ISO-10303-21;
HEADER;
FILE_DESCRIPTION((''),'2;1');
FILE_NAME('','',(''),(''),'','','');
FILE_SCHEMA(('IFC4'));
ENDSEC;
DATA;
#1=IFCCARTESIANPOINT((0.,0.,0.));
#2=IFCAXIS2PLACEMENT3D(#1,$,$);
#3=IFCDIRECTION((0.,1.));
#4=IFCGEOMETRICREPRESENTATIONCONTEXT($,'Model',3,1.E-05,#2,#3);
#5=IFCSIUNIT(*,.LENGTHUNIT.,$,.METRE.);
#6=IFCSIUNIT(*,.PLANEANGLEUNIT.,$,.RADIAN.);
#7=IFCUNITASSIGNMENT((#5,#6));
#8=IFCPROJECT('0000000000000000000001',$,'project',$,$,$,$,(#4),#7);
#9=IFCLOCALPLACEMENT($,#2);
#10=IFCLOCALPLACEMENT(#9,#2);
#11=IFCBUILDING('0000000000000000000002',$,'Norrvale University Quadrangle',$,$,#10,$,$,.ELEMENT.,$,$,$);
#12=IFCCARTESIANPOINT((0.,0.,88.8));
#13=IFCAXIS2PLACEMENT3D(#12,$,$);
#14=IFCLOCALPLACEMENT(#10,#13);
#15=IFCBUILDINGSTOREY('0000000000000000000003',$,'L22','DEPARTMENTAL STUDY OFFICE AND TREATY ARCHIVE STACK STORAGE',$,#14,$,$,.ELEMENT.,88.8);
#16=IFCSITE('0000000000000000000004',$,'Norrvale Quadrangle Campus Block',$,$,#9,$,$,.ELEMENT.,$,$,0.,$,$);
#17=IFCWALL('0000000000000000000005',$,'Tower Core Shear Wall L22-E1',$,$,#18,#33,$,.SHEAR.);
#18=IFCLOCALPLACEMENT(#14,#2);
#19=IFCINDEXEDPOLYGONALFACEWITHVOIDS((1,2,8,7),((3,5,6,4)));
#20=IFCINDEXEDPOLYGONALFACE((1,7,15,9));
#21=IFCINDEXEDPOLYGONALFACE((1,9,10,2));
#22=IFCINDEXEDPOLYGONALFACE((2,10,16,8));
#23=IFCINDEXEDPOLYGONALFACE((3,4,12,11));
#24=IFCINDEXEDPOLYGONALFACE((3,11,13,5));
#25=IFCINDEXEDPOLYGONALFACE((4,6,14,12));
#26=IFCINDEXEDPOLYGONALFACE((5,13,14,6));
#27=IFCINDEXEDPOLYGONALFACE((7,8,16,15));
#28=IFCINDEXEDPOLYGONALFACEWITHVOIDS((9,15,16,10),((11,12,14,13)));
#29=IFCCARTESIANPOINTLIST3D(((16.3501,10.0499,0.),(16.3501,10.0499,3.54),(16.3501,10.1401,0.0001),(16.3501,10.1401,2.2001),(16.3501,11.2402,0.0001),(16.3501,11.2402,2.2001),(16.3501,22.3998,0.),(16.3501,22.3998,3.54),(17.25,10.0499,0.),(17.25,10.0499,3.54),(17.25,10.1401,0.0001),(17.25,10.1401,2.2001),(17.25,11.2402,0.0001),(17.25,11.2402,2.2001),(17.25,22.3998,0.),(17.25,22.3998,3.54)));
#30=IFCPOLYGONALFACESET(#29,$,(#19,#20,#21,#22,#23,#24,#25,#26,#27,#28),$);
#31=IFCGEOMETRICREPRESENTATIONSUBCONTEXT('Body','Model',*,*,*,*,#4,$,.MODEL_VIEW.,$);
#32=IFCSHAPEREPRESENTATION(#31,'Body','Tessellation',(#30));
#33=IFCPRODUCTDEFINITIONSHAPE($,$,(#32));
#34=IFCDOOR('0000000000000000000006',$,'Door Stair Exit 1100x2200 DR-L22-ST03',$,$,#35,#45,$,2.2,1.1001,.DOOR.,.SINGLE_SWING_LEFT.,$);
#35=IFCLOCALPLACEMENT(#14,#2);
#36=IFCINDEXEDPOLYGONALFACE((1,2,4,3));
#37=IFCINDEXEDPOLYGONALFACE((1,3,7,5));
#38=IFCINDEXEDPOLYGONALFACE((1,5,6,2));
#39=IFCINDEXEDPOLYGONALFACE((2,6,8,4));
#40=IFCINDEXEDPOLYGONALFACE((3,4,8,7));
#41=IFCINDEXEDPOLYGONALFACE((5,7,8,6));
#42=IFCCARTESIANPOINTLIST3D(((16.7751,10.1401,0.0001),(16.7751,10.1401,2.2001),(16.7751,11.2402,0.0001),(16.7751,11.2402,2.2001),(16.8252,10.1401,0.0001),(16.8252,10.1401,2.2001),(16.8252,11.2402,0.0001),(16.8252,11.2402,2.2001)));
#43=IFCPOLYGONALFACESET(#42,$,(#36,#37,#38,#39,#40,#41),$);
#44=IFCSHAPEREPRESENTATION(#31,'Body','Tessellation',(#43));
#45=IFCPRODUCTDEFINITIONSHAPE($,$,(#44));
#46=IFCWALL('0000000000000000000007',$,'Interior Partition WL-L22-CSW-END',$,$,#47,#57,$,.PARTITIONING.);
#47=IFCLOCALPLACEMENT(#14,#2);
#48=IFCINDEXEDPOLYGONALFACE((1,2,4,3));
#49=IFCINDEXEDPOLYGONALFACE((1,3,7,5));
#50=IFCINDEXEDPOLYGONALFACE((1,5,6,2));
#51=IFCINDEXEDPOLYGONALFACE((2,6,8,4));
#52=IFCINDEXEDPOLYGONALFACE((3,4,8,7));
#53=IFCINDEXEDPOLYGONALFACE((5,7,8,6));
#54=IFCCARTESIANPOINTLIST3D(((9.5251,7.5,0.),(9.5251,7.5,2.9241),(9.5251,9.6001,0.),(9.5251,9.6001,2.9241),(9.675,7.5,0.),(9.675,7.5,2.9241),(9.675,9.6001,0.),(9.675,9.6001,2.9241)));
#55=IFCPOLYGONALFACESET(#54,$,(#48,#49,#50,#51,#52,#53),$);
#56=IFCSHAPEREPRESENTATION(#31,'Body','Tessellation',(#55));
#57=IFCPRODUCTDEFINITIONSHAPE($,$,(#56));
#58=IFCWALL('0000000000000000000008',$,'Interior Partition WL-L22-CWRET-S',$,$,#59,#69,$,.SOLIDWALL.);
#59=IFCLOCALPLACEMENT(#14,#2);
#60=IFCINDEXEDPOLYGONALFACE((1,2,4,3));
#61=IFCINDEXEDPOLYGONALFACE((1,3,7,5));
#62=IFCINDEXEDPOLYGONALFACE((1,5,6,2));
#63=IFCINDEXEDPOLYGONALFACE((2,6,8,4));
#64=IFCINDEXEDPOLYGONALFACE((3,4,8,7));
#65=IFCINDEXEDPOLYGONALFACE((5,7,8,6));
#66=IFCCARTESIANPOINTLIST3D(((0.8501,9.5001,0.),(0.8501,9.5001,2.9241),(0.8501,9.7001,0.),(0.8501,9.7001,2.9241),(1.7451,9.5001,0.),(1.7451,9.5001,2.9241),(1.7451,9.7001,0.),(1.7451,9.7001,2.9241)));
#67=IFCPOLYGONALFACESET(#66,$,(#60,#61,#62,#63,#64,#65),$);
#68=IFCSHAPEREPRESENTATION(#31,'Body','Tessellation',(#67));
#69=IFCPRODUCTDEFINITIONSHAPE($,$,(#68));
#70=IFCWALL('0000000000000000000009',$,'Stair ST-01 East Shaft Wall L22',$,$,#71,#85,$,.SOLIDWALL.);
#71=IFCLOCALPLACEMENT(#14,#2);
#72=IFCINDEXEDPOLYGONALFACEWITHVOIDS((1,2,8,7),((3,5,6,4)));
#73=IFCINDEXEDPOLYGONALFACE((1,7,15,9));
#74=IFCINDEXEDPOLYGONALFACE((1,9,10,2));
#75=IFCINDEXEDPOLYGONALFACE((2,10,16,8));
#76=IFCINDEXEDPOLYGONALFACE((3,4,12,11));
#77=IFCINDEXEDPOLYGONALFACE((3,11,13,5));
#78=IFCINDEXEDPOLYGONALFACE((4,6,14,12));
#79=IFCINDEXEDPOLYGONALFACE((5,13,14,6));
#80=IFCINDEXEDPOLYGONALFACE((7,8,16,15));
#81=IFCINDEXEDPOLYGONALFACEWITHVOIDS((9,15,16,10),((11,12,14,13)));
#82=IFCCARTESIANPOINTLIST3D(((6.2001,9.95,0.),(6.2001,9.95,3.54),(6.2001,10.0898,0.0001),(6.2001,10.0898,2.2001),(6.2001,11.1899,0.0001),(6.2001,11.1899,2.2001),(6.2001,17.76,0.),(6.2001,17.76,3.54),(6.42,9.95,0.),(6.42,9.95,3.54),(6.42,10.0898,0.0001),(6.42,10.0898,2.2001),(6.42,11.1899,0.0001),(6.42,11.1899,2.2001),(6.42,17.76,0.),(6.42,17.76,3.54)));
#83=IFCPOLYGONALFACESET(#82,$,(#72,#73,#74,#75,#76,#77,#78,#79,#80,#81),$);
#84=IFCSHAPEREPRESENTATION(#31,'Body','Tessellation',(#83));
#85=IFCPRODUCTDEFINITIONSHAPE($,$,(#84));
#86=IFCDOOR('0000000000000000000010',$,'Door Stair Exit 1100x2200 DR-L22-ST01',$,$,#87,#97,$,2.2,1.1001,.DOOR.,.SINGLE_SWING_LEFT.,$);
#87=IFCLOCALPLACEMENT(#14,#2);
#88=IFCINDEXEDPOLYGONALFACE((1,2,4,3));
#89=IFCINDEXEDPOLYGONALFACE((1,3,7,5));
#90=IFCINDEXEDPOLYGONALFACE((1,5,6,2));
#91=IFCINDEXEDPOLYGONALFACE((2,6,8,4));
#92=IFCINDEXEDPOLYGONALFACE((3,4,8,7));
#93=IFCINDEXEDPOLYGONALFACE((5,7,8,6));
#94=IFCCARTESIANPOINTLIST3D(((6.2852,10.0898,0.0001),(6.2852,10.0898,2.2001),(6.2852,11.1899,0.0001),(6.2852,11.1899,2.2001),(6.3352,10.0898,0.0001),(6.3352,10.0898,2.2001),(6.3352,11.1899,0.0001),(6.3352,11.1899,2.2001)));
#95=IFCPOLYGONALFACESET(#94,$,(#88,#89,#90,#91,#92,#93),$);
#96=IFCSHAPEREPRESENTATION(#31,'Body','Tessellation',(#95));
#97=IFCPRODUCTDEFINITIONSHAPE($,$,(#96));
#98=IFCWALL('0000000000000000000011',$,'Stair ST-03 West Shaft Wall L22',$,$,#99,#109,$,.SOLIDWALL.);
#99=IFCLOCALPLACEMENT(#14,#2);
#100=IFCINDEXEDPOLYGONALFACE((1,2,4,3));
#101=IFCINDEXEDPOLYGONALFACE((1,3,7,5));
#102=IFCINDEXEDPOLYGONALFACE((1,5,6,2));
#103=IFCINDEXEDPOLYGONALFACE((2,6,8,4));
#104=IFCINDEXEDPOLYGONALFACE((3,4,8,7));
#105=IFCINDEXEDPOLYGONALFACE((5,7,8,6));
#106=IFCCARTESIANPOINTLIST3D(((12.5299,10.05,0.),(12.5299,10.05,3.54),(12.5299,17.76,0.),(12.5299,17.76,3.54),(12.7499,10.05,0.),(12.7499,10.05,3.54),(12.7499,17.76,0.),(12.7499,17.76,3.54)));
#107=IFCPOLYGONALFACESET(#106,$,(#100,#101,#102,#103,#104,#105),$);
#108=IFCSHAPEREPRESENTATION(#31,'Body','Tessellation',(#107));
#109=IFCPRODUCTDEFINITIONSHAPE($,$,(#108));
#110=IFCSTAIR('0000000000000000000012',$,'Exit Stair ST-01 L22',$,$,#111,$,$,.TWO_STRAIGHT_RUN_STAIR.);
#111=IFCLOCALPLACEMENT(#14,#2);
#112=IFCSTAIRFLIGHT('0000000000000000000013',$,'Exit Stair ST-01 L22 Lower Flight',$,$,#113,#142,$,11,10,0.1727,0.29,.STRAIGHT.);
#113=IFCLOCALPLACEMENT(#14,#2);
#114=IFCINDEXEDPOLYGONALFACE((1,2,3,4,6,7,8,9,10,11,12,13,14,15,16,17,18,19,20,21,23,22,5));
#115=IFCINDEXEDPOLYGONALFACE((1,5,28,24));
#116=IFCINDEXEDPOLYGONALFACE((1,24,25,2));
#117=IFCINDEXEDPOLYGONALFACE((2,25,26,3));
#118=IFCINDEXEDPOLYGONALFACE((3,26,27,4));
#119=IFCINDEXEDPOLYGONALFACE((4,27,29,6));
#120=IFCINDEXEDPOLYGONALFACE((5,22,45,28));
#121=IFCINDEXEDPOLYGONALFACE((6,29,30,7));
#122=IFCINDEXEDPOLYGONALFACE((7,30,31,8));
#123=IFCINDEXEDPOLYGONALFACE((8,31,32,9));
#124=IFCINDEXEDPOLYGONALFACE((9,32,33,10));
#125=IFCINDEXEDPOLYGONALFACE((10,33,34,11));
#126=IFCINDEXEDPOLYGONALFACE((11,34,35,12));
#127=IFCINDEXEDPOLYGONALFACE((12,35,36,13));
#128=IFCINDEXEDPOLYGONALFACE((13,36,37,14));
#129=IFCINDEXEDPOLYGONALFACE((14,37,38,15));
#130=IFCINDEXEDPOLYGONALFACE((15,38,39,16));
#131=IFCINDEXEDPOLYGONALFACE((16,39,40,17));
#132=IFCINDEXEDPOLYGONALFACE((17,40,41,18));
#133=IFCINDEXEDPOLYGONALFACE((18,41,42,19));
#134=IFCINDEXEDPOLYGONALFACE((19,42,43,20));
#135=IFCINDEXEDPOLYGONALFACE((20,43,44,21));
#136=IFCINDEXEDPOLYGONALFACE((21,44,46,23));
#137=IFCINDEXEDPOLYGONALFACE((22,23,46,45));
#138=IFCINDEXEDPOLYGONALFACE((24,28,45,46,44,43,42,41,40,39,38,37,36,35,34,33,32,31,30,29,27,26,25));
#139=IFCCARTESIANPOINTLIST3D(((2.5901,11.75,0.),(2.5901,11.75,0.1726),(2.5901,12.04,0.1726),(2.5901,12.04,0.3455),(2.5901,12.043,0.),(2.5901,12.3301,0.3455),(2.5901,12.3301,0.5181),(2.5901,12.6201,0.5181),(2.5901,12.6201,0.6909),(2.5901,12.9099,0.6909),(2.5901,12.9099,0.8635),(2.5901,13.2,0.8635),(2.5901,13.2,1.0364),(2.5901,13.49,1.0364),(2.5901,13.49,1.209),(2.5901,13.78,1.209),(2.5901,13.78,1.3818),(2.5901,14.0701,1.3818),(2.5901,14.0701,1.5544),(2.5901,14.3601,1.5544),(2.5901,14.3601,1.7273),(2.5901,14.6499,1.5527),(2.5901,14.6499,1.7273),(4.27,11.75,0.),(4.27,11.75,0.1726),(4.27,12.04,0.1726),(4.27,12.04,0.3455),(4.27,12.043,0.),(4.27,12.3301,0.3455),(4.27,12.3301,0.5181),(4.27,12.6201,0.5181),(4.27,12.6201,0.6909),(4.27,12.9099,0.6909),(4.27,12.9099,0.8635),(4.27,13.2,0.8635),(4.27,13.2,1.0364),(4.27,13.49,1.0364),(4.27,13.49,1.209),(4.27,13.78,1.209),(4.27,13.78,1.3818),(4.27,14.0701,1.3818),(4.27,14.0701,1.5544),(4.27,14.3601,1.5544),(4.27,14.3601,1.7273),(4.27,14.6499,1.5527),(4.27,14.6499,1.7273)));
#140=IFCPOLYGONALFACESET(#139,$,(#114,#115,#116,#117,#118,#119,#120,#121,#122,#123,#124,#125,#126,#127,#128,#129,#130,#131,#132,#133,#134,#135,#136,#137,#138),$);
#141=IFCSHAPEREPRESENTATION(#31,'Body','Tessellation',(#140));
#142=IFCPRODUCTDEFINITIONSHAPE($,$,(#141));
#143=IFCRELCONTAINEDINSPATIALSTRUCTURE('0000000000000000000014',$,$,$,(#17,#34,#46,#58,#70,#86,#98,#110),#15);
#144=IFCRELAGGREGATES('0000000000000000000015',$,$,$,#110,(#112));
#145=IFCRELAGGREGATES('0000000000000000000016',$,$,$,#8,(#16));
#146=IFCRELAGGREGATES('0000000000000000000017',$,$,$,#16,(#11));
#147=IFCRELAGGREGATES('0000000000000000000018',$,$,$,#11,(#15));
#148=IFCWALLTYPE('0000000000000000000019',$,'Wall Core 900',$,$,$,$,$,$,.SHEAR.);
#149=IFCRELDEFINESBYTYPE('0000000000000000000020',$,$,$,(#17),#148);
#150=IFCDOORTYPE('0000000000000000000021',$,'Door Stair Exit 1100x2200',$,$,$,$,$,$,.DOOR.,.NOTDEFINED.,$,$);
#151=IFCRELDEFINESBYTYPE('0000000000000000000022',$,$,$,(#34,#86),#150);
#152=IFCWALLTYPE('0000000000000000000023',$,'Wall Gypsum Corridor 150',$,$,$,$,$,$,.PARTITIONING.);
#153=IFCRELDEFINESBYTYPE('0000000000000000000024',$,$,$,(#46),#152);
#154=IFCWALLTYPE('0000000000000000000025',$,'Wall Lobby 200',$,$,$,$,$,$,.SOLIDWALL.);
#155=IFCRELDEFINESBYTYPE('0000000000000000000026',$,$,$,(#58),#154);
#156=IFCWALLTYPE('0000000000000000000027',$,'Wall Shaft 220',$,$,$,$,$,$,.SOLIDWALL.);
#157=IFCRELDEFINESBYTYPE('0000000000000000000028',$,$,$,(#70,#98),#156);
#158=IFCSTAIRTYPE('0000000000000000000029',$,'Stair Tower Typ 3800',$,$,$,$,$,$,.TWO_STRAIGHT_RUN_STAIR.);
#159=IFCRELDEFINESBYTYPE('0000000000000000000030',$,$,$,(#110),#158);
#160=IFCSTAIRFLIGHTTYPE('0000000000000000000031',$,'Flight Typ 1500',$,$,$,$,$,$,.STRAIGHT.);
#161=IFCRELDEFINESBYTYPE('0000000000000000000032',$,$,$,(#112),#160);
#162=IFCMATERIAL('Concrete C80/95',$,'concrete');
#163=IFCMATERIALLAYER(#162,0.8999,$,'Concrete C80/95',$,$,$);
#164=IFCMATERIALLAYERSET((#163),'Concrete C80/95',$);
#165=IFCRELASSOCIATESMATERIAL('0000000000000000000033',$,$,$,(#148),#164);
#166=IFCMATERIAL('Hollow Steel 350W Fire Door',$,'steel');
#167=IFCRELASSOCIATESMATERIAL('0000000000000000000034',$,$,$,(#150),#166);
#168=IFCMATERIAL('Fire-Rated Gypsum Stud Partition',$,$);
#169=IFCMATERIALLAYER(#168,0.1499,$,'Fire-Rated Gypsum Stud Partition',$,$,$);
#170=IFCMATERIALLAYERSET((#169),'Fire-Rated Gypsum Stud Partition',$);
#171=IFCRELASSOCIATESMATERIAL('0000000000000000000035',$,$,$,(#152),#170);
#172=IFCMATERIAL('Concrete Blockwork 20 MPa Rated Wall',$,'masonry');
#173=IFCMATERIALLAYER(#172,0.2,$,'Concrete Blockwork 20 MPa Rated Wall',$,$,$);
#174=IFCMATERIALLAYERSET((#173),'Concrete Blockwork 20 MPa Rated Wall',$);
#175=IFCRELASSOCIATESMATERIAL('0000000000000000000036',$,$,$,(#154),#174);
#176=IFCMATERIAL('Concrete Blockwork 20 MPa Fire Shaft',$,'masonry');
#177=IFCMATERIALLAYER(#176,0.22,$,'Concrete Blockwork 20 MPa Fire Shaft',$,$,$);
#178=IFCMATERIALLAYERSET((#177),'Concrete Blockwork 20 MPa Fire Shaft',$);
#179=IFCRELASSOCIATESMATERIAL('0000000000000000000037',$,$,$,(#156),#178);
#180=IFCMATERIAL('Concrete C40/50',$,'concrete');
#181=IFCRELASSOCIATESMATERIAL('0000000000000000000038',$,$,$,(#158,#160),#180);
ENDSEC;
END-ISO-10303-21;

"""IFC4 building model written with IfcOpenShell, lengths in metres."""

from ifc_helpers import new_model, si_unit, direction, frame, frame_2d, origin, place, context, subcontext, project, spatial, polyline, rectangle, outline, extrude, material, layer, layer_set, type_object, element, fill, aggregate, save


model = new_model("IFC4")

# Units and contexts
model_context = context("Model", 3, precision=1e-05, world=origin(), true_north=direction((0.0, 1.0)))
body_context = subcontext(model_context, "Body", "Model", "MODEL_VIEW")
ifc_project = project(units=[si_unit("LENGTHUNIT", "METRE"), si_unit("PLANEANGLEUNIT", "RADIAN")], contexts=[model_context])

# Site, building, storey
site_placement = place(None, origin())
site = spatial("IfcSite", under=ifc_project, at=site_placement, Name="Norrvale Quadrangle Campus Block", CompositionType="ELEMENT", RefElevation=0.0)
building_placement = place(site_placement, origin())
building = spatial("IfcBuilding", under=site, at=building_placement, Name="Norrvale University Quadrangle", CompositionType="ELEMENT")
storey_placement = place(building_placement, frame((0.0, 0.0, 88.8)))
storey = spatial("IfcBuildingStorey", under=building, at=storey_placement, Name="L22", Description="DEPARTMENTAL STUDY OFFICE AND TREATY ARCHIVE STACK STORAGE", CompositionType="ELEMENT", Elevation=88.8)

# Shared definitions
ifc_material_1 = material(Name="Concrete C80/95", Category="concrete")

# Shared definitions
ifc_layer_1 = layer(ifc_material_1, 0.8999, Name="Concrete C80/95")
ifc_layer_set_1 = layer_set([ifc_layer_1], Name="Concrete C80/95")
wall_type_1 = type_object("IfcWallType", Name="Wall Core 900", PredefinedType="SHEAR", material=ifc_layer_set_1)

# Wall, opening, door
wall_1_placement = place(storey_placement, frame((16.8, 10.05, 0.0), z_axis=(0.0, 0.0, 1.0), x_axis=(0.0, 1.0, 0.0)))
wall_1 = element("IfcWall", 1, at=wall_1_placement, inside=storey, type_object=wall_type_1, Name="Tower Core Shear Wall L22-E1", PredefinedType="SHEAR", context=body_context, shape_type="SweptSolid", body=[
    extrude(rectangle(XDim=12.3499, YDim=0.8999, at=frame_2d((6.1748, 0.0))), origin(), (0.0, 0.0, 1.0), 3.54),
])
opening_1_placement = place(wall_1_placement, frame((0.0901, 0.0, 0.0)))
opening_1 = element("IfcOpeningElement", 2, at=opening_1_placement, cuts=wall_1, PredefinedType="OPENING", context=body_context, shape_type="SweptSolid", body=[
    extrude(rectangle(XDim=1.1001, YDim=2.2, at=frame_2d((0.55, 1.1001))), frame((0.0, 0.4619, 0.0), z_axis=(0.0, -1.0, 0.0), x_axis=(1.0, 0.0, 0.0)), (0.0, 0.0, 1.0), 0.9238),
])
ifc_material_2 = material(Name="Hollow Steel 350W Fire Door", Category="steel")
door_type = type_object("IfcDoorType", Name="Door Stair Exit 1100x2200", OperationType="NOTDEFINED", PredefinedType="DOOR", material=ifc_material_2)
door_1_placement = place(opening_1_placement, origin())
door_1 = element("IfcDoor", 3, at=door_1_placement, inside=storey, type_object=door_type, Name="Door Stair Exit 1100x2200 DR-L22-ST03", OperationType="SINGLE_SWING_LEFT", OverallHeight=2.2, OverallWidth=1.1001, PredefinedType="DOOR", context=body_context, shape_type="SweptSolid", body=[
    extrude(rectangle(XDim=1.1001, YDim=2.2, at=frame_2d((0.55, 1.1001))), frame((0.0, 0.0249, 0.0), z_axis=(0.0, -1.0, 0.0), x_axis=(1.0, 0.0, 0.0)), (0.0, 0.0, 1.0), 0.05),
])
fill(opening_1, door_1)

# Walls
ifc_material_3 = material(Name="Fire-Rated Gypsum Stud Partition")
ifc_layer_2 = layer(ifc_material_3, 0.1499, Name="Fire-Rated Gypsum Stud Partition")
ifc_layer_set_2 = layer_set([ifc_layer_2], Name="Fire-Rated Gypsum Stud Partition")
wall_type_2 = type_object("IfcWallType", Name="Wall Gypsum Corridor 150", PredefinedType="PARTITIONING", material=ifc_layer_set_2)
wall_2_placement = place(storey_placement, frame((9.6001, 7.5, 0.0), z_axis=(0.0, 0.0, 1.0), x_axis=(0.0, 1.0, 0.0)))
element("IfcWall", 4, at=wall_2_placement, inside=storey, type_object=wall_type_2, Name="Interior Partition WL-L22-CSW-END", PredefinedType="PARTITIONING", context=body_context, shape_type="SweptSolid", body=[
    extrude(rectangle(XDim=2.1001, YDim=0.1499, at=frame_2d((1.05, 0.0))), origin(), (0.0, 0.0, 1.0), 2.9241),
])
ifc_material_4 = material(Name="Concrete Blockwork 20 MPa Rated Wall", Category="masonry")
ifc_layer_3 = layer(ifc_material_4, 0.2, Name="Concrete Blockwork 20 MPa Rated Wall")
ifc_layer_set_3 = layer_set([ifc_layer_3], Name="Concrete Blockwork 20 MPa Rated Wall")
wall_type_3 = type_object("IfcWallType", Name="Wall Lobby 200", PredefinedType="SOLIDWALL", material=ifc_layer_set_3)
wall_3_placement = place(storey_placement, frame((0.8501, 9.6001, 0.0), z_axis=(0.0, 0.0, 1.0), x_axis=(1.0, 0.0, 0.0)))
element("IfcWall", 5, at=wall_3_placement, inside=storey, type_object=wall_type_3, Name="Interior Partition WL-L22-CWRET-S", PredefinedType="SOLIDWALL", context=body_context, shape_type="SweptSolid", body=[
    extrude(rectangle(XDim=0.895, YDim=0.2, at=frame_2d((0.4475, 0.0))), origin(), (0.0, 0.0, 1.0), 2.9241),
])

# Wall, opening, door
ifc_material_5 = material(Name="Concrete Blockwork 20 MPa Fire Shaft", Category="masonry")
ifc_layer_4 = layer(ifc_material_5, 0.22, Name="Concrete Blockwork 20 MPa Fire Shaft")
ifc_layer_set_4 = layer_set([ifc_layer_4], Name="Concrete Blockwork 20 MPa Fire Shaft")
wall_type_4 = type_object("IfcWallType", Name="Wall Shaft 220", PredefinedType="SOLIDWALL", material=ifc_layer_set_4)
wall_4_placement = place(storey_placement, frame((6.3101, 9.95, 0.0), z_axis=(0.0, 0.0, 1.0), x_axis=(0.0, 1.0, 0.0)))
wall_4 = element("IfcWall", 6, at=wall_4_placement, inside=storey, type_object=wall_type_4, Name="Stair ST-01 East Shaft Wall L22", PredefinedType="SOLIDWALL", context=body_context, shape_type="SweptSolid", body=[
    extrude(rectangle(XDim=7.8101, YDim=0.22, at=frame_2d((3.905, 0.0))), origin(), (0.0, 0.0, 1.0), 3.54),
])
opening_2_placement = place(wall_4_placement, frame((0.1399, 0.0, 0.0)))
opening_2 = element("IfcOpeningElement", 7, at=opening_2_placement, cuts=wall_4, PredefinedType="OPENING", context=body_context, shape_type="SweptSolid", body=[
    extrude(rectangle(XDim=1.1001, YDim=2.2, at=frame_2d((0.55, 1.1001))), frame((0.0, 0.1221, 0.0), z_axis=(0.0, -1.0, 0.0), x_axis=(1.0, 0.0, 0.0)), (0.0, 0.0, 1.0), 0.2439),
])
door_2_placement = place(opening_2_placement, origin())
door_2 = element("IfcDoor", 8, at=door_2_placement, inside=storey, type_object=door_type, Name="Door Stair Exit 1100x2200 DR-L22-ST01", OperationType="SINGLE_SWING_LEFT", OverallHeight=2.2, OverallWidth=1.1001, PredefinedType="DOOR", context=body_context, shape_type="SweptSolid", body=[
    extrude(rectangle(XDim=1.1001, YDim=2.2, at=frame_2d((0.55, 1.1001))), frame((0.0, 0.0249, 0.0), z_axis=(0.0, -1.0, 0.0), x_axis=(1.0, 0.0, 0.0)), (0.0, 0.0, 1.0), 0.05),
])
fill(opening_2, door_2)

# Wall
wall_5_placement = place(storey_placement, frame((12.6399, 10.05, 0.0), z_axis=(0.0, 0.0, 1.0), x_axis=(0.0, 1.0, 0.0)))
element("IfcWall", 9, at=wall_5_placement, inside=storey, type_object=wall_type_4, Name="Stair ST-03 West Shaft Wall L22", PredefinedType="SOLIDWALL", context=body_context, shape_type="SweptSolid", body=[
    extrude(rectangle(XDim=7.71, YDim=0.22, at=frame_2d((3.855, 0.0))), origin(), (0.0, 0.0, 1.0), 3.54),
])

# Stair, stair flight
ifc_material_6 = material(Name="Concrete C40/50", Category="concrete")
stair_type = type_object("IfcStairType", Name="Stair Tower Typ 3800", PredefinedType="TWO_STRAIGHT_RUN_STAIR", material=ifc_material_6)
stair_placement = place(storey_placement, origin())
stair = element("IfcStair", 10, at=stair_placement, inside=storey, type_object=stair_type, Name="Exit Stair ST-01 L22", PredefinedType="TWO_STRAIGHT_RUN_STAIR")
stair_flight_type = type_object("IfcStairFlightType", Name="Flight Typ 1500", PredefinedType="STRAIGHT", material=ifc_material_6)
stair_flight_placement = place(storey_placement, frame((3.4299, 11.75, 0.0), z_axis=(0.0, 0.0, 1.0), x_axis=(0.0, 1.0, 0.0)))
stair_flight = element("IfcStairFlight", 11, at=stair_flight_placement, type_object=stair_flight_type, Name="Exit Stair ST-01 L22 Lower Flight", NumberOfRisers=11, NumberOfTreads=10, PredefinedType="STRAIGHT", RiserHeight=0.1727, TreadLength=0.29, context=body_context, shape_type="SweptSolid", body=[
    extrude(outline(polyline([(0.0, 0.0), (0.0, 0.1726), (0.29, 0.1726), (0.29, 0.3455), (0.5801, 0.3455), (0.5801, 0.5181), (0.8701, 0.5181), (0.8701, 0.6909), (1.1599, 0.6909), (1.1599, 0.8635), (1.45, 0.8635), (1.45, 1.0364), (1.74, 1.0364), (1.74, 1.209), (2.03, 1.209), (2.03, 1.3818), (2.3201, 1.3818), (2.3201, 1.5544), (2.6101, 1.5544), (2.6101, 1.7273), (2.8999, 1.7273), (2.8999, 1.8999), (2.8999, 1.5527), (0.293, 0.0), (0.0, 0.0)])), frame((0.0, 0.8398, 0.0), z_axis=(0.0, -1.0, 0.0), x_axis=(1.0, 0.0, 0.0)), (0.0, 0.0, 1.0), 1.6799),
])
aggregate(stair, [stair_flight])

save(model, "model.ifc")
